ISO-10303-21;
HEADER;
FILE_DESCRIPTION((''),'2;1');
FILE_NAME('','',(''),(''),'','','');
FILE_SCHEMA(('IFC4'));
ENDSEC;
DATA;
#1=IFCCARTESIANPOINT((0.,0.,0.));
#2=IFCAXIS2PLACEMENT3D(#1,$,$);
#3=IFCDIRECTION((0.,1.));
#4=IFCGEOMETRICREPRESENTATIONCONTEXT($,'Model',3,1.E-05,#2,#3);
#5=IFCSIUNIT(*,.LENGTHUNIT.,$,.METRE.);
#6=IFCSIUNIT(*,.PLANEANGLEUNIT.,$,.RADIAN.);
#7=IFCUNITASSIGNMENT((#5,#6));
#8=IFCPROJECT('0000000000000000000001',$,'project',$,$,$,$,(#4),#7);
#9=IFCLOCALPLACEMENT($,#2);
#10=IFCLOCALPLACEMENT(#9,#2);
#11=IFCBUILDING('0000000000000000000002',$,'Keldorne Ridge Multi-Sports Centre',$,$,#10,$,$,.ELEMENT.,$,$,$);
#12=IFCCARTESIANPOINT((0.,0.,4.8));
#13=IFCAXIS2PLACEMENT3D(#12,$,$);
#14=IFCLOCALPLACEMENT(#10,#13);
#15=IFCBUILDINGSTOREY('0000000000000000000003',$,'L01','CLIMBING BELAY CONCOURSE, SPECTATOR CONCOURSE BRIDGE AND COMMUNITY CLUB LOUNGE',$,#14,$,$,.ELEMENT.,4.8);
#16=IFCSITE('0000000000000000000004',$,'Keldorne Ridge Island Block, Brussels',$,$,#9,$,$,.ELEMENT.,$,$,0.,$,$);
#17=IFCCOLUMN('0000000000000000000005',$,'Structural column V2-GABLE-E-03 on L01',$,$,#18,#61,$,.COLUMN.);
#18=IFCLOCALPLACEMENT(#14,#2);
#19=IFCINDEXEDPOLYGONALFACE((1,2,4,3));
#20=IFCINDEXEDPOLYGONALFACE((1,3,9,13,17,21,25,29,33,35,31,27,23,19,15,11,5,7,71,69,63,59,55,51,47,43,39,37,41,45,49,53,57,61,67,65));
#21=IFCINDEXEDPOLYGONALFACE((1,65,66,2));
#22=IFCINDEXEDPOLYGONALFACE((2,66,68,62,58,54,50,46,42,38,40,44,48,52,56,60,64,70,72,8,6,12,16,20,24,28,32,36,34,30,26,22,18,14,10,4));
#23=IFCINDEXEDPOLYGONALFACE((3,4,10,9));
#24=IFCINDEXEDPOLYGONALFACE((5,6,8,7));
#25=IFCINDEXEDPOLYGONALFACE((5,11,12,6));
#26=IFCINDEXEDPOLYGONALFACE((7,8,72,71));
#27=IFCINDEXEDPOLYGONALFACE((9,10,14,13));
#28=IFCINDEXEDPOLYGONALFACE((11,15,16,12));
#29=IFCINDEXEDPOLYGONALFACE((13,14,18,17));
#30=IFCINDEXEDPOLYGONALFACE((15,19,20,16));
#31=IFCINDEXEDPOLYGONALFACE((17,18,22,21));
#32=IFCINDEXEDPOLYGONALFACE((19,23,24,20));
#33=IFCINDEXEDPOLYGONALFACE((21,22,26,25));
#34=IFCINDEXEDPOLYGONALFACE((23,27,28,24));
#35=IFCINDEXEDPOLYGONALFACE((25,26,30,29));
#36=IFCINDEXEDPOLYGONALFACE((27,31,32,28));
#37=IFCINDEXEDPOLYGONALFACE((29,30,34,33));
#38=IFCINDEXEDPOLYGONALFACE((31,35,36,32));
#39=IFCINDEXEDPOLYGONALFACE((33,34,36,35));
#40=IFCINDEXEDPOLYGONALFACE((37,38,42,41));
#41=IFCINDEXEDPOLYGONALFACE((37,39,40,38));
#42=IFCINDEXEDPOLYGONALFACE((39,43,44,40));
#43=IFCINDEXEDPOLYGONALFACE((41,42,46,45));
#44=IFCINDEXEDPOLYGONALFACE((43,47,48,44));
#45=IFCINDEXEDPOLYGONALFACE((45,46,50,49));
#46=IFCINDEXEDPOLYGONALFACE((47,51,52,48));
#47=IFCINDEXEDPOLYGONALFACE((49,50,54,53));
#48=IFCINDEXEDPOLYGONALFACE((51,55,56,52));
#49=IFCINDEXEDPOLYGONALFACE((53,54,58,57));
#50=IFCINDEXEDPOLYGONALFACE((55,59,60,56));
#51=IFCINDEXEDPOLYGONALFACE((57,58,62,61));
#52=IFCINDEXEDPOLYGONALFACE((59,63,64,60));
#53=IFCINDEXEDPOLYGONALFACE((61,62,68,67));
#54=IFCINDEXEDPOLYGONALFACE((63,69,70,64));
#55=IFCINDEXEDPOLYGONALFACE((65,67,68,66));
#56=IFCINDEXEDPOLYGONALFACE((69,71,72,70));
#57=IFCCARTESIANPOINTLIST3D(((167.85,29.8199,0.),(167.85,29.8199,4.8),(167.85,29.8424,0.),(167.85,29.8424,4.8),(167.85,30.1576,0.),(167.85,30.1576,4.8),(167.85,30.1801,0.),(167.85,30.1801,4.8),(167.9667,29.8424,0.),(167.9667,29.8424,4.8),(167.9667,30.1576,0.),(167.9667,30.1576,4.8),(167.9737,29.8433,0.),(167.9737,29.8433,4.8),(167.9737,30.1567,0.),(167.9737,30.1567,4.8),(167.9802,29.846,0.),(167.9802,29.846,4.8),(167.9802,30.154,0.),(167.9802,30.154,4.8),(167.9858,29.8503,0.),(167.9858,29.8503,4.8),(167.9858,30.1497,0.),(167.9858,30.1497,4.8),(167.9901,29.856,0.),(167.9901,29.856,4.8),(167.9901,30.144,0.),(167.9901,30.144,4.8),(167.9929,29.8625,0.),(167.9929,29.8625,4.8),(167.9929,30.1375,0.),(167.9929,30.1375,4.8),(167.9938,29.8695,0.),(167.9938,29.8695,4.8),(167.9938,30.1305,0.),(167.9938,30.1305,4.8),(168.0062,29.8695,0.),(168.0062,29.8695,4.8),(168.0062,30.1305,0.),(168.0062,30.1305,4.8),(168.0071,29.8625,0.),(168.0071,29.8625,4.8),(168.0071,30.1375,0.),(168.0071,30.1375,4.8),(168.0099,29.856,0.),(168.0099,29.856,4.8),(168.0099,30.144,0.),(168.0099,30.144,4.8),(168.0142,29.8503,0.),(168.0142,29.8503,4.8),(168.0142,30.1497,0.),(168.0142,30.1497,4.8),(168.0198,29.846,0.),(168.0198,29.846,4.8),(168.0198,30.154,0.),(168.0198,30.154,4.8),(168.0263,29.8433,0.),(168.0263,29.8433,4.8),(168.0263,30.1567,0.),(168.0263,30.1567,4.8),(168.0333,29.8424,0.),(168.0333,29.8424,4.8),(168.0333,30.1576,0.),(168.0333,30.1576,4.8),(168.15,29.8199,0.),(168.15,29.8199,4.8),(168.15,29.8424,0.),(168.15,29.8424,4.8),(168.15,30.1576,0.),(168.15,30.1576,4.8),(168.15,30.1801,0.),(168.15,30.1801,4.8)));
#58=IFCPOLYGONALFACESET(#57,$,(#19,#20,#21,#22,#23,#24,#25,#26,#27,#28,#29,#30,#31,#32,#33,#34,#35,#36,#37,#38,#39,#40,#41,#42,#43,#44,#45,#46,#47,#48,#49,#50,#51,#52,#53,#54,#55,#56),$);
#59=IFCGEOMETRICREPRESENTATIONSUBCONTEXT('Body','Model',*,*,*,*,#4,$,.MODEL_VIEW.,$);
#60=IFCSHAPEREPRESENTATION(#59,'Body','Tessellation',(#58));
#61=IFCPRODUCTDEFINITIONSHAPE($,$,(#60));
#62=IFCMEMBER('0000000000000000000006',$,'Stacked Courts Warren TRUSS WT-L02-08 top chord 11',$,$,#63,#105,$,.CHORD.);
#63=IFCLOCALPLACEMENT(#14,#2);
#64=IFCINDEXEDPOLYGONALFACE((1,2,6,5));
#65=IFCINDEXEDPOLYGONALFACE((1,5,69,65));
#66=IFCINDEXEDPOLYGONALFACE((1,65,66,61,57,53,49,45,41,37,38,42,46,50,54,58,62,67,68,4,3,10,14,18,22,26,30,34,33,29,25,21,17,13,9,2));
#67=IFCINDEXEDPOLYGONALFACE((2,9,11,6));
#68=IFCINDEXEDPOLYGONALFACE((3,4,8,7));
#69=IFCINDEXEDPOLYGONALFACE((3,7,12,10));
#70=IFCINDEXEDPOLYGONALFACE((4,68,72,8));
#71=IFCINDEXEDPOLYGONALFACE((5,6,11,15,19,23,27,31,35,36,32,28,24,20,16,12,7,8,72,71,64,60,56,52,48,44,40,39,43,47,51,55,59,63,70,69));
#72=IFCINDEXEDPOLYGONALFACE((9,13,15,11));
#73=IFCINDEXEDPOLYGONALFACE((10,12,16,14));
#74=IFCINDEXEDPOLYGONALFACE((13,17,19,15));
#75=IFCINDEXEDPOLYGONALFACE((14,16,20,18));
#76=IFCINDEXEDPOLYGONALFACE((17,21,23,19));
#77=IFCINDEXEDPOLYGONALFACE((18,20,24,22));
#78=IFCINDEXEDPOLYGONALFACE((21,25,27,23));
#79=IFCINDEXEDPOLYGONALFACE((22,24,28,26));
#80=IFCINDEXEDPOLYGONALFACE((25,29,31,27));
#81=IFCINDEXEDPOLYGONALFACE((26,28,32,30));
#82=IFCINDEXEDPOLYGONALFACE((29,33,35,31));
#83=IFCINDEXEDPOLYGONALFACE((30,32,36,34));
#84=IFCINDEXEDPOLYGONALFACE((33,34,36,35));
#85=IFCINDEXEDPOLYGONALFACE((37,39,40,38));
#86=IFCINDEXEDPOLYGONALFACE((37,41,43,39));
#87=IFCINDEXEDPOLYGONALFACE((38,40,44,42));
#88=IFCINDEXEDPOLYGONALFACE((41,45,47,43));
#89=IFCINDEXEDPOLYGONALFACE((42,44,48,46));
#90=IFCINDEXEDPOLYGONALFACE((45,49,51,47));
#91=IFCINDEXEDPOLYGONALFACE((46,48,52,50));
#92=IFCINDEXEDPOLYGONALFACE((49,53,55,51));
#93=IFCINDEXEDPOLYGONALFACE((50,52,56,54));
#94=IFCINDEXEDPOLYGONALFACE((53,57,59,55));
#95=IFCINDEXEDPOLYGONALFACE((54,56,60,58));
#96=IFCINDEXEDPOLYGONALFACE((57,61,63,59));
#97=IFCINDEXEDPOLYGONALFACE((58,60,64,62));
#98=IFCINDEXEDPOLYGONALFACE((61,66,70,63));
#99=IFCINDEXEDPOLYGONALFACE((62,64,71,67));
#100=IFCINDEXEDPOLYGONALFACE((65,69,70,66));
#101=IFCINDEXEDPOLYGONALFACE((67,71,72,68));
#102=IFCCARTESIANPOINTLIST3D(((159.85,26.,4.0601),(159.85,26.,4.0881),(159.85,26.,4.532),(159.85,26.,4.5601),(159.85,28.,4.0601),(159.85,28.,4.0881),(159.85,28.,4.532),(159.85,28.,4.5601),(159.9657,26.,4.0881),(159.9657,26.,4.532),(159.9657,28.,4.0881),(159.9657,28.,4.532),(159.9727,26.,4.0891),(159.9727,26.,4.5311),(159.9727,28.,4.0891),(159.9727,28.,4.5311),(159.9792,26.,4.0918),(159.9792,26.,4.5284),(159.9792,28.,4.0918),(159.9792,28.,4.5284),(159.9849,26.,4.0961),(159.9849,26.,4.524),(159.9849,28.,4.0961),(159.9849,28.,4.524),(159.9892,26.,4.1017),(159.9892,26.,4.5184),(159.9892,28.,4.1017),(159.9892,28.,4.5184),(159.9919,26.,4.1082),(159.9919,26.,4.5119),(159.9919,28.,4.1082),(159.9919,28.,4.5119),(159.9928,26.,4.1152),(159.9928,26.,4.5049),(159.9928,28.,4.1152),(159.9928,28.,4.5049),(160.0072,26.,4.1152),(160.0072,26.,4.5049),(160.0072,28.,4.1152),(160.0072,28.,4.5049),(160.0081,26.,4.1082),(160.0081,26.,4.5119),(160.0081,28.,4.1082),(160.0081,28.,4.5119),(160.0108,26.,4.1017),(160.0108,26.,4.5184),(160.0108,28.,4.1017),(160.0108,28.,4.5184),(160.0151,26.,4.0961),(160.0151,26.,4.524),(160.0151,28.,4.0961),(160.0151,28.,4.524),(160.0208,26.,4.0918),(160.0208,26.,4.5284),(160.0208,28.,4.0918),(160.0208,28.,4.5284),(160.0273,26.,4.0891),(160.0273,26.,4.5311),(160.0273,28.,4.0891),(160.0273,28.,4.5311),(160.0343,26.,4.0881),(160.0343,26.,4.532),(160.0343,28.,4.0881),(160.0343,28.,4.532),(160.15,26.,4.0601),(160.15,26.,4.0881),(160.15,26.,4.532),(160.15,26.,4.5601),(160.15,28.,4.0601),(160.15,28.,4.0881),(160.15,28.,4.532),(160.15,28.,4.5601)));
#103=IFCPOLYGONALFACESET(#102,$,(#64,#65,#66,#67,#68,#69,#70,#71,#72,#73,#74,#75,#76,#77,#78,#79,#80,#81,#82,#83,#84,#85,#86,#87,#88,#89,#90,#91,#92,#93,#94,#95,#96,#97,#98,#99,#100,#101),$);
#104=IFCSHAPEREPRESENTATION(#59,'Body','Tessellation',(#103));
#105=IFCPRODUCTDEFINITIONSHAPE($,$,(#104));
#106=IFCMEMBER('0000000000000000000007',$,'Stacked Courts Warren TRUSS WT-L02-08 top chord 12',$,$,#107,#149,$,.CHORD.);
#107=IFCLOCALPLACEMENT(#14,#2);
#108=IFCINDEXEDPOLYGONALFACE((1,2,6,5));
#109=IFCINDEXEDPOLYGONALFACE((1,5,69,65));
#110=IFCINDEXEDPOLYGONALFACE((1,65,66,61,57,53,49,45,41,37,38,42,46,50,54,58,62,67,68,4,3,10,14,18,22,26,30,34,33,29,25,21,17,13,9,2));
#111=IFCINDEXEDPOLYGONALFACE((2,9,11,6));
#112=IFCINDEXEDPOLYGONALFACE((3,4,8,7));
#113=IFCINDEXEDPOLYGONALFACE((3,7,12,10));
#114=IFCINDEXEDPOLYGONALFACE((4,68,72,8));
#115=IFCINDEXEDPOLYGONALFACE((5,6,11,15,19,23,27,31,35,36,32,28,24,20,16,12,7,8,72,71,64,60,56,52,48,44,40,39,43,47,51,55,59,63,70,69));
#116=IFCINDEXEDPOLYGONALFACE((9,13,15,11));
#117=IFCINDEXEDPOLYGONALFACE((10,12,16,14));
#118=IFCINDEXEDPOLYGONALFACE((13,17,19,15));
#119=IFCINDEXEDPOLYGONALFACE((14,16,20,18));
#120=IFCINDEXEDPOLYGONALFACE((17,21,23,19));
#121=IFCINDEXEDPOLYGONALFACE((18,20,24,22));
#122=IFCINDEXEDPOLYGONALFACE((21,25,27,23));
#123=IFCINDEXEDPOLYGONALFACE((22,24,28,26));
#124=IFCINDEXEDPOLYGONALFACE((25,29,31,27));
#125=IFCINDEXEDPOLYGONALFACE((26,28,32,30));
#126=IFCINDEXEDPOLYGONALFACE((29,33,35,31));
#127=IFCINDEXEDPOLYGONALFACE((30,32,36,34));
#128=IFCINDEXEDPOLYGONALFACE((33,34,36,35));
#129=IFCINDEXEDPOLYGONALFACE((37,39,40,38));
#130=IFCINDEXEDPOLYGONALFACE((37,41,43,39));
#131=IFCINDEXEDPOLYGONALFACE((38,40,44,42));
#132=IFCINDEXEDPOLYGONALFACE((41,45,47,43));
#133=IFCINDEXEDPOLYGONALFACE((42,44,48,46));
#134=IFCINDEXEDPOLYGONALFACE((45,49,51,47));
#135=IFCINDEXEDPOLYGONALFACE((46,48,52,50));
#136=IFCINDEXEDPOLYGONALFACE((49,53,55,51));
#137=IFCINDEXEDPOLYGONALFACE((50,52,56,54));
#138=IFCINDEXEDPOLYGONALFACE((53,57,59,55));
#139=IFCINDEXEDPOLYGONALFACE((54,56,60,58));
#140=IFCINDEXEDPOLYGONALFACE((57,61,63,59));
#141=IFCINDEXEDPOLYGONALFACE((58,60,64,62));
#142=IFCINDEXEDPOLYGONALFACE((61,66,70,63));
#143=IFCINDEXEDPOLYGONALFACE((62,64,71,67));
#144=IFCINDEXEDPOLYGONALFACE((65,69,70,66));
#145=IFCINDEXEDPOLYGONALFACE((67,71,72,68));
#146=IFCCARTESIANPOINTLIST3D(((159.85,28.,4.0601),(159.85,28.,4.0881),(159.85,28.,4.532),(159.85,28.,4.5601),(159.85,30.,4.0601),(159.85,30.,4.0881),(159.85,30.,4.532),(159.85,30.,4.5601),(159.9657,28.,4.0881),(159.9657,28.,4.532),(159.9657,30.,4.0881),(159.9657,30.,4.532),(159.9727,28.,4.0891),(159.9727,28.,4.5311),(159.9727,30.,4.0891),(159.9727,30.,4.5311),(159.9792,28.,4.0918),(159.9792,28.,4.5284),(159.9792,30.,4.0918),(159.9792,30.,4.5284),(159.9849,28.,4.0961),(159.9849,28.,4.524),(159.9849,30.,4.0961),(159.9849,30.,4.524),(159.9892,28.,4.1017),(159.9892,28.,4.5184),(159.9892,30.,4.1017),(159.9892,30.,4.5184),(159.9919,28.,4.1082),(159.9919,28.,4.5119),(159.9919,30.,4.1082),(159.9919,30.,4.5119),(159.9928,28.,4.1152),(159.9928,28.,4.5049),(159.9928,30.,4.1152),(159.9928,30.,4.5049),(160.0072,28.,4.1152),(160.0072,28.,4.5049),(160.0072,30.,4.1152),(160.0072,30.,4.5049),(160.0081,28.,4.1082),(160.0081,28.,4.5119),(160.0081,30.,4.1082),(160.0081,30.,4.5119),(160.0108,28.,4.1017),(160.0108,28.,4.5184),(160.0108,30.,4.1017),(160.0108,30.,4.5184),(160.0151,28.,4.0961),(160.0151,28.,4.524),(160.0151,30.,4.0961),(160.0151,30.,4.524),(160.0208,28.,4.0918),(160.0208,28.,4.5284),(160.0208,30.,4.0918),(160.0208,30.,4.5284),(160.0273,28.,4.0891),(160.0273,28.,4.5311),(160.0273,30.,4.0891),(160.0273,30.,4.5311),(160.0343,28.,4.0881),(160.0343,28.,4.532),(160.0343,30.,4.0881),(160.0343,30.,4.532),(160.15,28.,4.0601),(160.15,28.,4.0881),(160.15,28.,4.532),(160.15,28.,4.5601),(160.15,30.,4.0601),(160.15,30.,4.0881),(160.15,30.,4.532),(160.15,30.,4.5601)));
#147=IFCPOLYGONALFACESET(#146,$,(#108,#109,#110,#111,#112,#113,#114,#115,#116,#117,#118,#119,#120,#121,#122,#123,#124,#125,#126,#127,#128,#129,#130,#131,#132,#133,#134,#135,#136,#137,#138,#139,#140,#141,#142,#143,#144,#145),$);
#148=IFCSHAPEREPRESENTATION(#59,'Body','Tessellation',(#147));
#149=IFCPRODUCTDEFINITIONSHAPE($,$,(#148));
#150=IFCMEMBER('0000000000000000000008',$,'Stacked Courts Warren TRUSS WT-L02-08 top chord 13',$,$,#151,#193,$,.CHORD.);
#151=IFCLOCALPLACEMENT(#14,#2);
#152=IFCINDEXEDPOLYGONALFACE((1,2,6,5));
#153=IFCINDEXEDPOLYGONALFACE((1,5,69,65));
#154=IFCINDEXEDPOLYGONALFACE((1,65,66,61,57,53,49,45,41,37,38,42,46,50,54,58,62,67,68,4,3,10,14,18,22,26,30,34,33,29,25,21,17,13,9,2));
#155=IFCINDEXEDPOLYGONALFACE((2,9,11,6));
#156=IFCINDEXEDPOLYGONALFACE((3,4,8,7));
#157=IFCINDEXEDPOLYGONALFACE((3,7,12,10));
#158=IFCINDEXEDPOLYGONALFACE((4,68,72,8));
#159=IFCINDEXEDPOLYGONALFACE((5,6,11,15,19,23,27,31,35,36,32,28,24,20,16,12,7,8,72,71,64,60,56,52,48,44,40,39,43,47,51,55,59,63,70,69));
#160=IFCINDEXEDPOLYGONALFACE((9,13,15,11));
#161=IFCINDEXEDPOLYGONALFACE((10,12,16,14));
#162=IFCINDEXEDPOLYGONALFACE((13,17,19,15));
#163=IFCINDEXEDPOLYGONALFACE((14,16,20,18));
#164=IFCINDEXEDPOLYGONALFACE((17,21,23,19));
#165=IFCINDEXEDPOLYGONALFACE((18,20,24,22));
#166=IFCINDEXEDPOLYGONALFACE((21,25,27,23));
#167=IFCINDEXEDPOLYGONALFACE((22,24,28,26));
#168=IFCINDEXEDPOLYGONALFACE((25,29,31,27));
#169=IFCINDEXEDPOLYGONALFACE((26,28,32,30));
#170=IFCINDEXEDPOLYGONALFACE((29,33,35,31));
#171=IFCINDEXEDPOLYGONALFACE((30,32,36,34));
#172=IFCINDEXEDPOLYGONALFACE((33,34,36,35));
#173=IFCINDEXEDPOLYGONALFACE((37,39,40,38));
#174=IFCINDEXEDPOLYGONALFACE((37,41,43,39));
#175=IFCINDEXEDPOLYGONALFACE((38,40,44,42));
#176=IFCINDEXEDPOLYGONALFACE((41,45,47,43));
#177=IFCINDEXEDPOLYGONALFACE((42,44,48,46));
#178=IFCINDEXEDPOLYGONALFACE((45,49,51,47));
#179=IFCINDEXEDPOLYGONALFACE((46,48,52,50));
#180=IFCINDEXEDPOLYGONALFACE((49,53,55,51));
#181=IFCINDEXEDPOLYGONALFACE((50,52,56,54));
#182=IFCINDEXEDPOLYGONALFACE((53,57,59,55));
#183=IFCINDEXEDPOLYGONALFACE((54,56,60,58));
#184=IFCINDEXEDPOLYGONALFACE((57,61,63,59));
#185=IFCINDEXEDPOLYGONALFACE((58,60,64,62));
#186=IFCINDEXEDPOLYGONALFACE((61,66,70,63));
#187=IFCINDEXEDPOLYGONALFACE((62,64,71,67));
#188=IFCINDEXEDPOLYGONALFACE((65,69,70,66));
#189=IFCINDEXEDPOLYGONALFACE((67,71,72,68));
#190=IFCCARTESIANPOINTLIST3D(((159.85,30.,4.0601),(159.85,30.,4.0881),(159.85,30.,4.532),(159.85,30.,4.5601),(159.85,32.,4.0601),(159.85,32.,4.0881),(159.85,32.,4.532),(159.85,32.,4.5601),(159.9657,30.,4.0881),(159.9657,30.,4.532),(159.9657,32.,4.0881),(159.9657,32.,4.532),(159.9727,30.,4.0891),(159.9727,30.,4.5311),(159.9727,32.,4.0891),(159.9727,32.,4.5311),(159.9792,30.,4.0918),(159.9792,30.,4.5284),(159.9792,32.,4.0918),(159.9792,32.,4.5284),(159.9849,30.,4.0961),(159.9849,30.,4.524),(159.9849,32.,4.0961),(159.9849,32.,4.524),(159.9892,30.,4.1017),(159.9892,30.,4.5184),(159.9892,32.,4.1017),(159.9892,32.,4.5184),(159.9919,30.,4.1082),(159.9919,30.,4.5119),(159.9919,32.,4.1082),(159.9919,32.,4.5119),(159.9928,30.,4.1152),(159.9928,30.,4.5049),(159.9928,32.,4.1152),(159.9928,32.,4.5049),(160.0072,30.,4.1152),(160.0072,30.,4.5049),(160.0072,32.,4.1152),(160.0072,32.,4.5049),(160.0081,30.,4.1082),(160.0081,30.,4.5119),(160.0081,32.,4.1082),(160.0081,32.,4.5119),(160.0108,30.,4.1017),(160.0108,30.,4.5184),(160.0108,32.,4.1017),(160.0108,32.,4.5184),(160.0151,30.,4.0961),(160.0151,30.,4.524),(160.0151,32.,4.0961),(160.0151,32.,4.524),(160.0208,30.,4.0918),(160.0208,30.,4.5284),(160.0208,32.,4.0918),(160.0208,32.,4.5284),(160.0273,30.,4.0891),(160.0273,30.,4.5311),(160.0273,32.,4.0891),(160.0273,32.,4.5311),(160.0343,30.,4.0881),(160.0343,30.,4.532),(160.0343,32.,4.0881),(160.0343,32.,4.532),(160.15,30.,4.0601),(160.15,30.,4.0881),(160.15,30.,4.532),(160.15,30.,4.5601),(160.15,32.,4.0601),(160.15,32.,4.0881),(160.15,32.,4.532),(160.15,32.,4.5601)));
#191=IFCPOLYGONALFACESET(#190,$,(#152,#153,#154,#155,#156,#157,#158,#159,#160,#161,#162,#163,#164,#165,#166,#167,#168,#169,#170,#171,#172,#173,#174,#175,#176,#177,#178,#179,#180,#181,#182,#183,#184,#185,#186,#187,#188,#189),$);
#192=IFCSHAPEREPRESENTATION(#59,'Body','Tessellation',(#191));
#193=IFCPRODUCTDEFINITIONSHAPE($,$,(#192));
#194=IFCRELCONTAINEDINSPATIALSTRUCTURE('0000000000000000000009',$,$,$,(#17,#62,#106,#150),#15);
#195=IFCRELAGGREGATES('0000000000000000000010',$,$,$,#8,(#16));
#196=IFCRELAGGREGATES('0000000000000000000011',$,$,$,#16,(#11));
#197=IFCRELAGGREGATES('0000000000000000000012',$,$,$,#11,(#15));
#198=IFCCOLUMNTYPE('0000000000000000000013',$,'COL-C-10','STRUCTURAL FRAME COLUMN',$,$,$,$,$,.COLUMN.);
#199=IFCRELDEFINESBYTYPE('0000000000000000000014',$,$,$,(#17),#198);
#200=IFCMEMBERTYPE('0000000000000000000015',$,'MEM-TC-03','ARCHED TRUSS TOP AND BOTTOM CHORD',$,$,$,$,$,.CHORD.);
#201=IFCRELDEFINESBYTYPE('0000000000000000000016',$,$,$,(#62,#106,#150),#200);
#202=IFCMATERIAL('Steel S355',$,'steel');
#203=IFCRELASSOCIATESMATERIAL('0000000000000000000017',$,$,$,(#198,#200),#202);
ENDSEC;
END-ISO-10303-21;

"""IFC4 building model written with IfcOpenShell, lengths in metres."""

from ifc_helpers import new_model, si_unit, direction, frame, origin, origin_2d, place, context, subcontext, project, spatial, i_section, extrude, material, material_profile, profile_set, type_object, element, save


model = new_model("IFC4")

# Units and contexts
model_context = context("Model", 3, precision=1e-05, world=origin(), true_north=direction((0.0, 1.0)))
body_context = subcontext(model_context, "Body", "Model", "MODEL_VIEW")
ifc_project = project(units=[si_unit("LENGTHUNIT", "METRE"), si_unit("PLANEANGLEUNIT", "RADIAN")], contexts=[model_context])

# Site, building, storey
site_placement = place(None, origin())
site = spatial("IfcSite", under=ifc_project, at=site_placement, Name="Keldorne Ridge Island Block, Brussels", CompositionType="ELEMENT", RefElevation=0.0)
building_placement = place(site_placement, origin())
building = spatial("IfcBuilding", under=site, at=building_placement, Name="Keldorne Ridge Multi-Sports Centre", CompositionType="ELEMENT")
storey_placement = place(building_placement, frame((0.0, 0.0, 4.8)))
storey = spatial("IfcBuildingStorey", under=building, at=storey_placement, Name="L01", Description="CLIMBING BELAY CONCOURSE, SPECTATOR CONCOURSE BRIDGE AND COMMUNITY CLUB LOUNGE", CompositionType="ELEMENT", Elevation=4.8)

# Column
ifc_material_1 = material(Name="Steel S355", Category="steel")
ifc_material_profile_1 = material_profile(ifc_material_1, i_section(OverallWidth=0.3, OverallDepth=0.3601, WebThickness=0.0125, FlangeThickness=0.0225, FilletRadius=0.0271, at=origin_2d()), Name="HEB 360")
ifc_profile_set_1 = profile_set([ifc_material_profile_1], Name="Steel S355")
column_type = type_object("IfcColumnType", Name="COL-C-10", Description="STRUCTURAL FRAME COLUMN", PredefinedType="COLUMN", material=ifc_profile_set_1)
column_placement = place(storey_placement, frame((168.0, 30.0, 0.0), z_axis=(0.0, 0.0, 1.0), x_axis=(1.0, 0.0, 0.0)))
element("IfcColumn", 1, at=column_placement, inside=storey, type_object=column_type, Name="Structural column V2-GABLE-E-03 on L01", PredefinedType="COLUMN", context=body_context, shape_type="SweptSolid", body=[
    extrude(i_section(OverallWidth=0.3, OverallDepth=0.3601, WebThickness=0.0125, FlangeThickness=0.0225, FilletRadius=0.0271, at=origin_2d()), origin(), (0.0, 0.0, 1.0), 4.8),
])

# Members
ifc_material_profile_2 = material_profile(ifc_material_1, i_section(OverallWidth=0.3, OverallDepth=0.5, WebThickness=0.0144, FlangeThickness=0.0281, FilletRadius=0.0271, at=origin_2d()), Name="HEB 500")
ifc_profile_set_2 = profile_set([ifc_material_profile_2], Name="Steel S355")
member_type_1 = type_object("IfcMemberType", Name="MEM-TC-03", Description="ARCHED TRUSS TOP AND BOTTOM CHORD", PredefinedType="CHORD", material=ifc_profile_set_2)
for number, where, z_axis, x_axis, name in (
    (2, (160.0, 26.0, 4.3101), (0.0, 1.0, 0.0), (-1.0, 0.0, 0.0), "Stacked Courts Warren TRUSS WT-L02-08 top chord 11"),
    (3, (160.0, 28.0, 4.3101), (0.0, 1.0, 0.0), (-1.0, 0.0, 0.0), "Stacked Courts Warren TRUSS WT-L02-08 top chord 12"),
    (4, (160.0, 30.0, 4.3101), (0.0, 1.0, 0.0), (-1.0, 0.0, 0.0), "Stacked Courts Warren TRUSS WT-L02-08 top chord 13"),
):
    element("IfcMember", number, at=place(storey_placement, frame(where, z_axis=z_axis, x_axis=x_axis)), inside=storey, type_object=member_type_1, Name=name, PredefinedType="CHORD", context=body_context, shape_type="SweptSolid", body=[
        extrude(i_section(OverallWidth=0.3, OverallDepth=0.5, WebThickness=0.0144, FlangeThickness=0.0281, FilletRadius=0.0271, at=origin_2d()), origin(), (0.0, 0.0, 1.0), 2.0),
    ])

save(model, "model.ifc")
